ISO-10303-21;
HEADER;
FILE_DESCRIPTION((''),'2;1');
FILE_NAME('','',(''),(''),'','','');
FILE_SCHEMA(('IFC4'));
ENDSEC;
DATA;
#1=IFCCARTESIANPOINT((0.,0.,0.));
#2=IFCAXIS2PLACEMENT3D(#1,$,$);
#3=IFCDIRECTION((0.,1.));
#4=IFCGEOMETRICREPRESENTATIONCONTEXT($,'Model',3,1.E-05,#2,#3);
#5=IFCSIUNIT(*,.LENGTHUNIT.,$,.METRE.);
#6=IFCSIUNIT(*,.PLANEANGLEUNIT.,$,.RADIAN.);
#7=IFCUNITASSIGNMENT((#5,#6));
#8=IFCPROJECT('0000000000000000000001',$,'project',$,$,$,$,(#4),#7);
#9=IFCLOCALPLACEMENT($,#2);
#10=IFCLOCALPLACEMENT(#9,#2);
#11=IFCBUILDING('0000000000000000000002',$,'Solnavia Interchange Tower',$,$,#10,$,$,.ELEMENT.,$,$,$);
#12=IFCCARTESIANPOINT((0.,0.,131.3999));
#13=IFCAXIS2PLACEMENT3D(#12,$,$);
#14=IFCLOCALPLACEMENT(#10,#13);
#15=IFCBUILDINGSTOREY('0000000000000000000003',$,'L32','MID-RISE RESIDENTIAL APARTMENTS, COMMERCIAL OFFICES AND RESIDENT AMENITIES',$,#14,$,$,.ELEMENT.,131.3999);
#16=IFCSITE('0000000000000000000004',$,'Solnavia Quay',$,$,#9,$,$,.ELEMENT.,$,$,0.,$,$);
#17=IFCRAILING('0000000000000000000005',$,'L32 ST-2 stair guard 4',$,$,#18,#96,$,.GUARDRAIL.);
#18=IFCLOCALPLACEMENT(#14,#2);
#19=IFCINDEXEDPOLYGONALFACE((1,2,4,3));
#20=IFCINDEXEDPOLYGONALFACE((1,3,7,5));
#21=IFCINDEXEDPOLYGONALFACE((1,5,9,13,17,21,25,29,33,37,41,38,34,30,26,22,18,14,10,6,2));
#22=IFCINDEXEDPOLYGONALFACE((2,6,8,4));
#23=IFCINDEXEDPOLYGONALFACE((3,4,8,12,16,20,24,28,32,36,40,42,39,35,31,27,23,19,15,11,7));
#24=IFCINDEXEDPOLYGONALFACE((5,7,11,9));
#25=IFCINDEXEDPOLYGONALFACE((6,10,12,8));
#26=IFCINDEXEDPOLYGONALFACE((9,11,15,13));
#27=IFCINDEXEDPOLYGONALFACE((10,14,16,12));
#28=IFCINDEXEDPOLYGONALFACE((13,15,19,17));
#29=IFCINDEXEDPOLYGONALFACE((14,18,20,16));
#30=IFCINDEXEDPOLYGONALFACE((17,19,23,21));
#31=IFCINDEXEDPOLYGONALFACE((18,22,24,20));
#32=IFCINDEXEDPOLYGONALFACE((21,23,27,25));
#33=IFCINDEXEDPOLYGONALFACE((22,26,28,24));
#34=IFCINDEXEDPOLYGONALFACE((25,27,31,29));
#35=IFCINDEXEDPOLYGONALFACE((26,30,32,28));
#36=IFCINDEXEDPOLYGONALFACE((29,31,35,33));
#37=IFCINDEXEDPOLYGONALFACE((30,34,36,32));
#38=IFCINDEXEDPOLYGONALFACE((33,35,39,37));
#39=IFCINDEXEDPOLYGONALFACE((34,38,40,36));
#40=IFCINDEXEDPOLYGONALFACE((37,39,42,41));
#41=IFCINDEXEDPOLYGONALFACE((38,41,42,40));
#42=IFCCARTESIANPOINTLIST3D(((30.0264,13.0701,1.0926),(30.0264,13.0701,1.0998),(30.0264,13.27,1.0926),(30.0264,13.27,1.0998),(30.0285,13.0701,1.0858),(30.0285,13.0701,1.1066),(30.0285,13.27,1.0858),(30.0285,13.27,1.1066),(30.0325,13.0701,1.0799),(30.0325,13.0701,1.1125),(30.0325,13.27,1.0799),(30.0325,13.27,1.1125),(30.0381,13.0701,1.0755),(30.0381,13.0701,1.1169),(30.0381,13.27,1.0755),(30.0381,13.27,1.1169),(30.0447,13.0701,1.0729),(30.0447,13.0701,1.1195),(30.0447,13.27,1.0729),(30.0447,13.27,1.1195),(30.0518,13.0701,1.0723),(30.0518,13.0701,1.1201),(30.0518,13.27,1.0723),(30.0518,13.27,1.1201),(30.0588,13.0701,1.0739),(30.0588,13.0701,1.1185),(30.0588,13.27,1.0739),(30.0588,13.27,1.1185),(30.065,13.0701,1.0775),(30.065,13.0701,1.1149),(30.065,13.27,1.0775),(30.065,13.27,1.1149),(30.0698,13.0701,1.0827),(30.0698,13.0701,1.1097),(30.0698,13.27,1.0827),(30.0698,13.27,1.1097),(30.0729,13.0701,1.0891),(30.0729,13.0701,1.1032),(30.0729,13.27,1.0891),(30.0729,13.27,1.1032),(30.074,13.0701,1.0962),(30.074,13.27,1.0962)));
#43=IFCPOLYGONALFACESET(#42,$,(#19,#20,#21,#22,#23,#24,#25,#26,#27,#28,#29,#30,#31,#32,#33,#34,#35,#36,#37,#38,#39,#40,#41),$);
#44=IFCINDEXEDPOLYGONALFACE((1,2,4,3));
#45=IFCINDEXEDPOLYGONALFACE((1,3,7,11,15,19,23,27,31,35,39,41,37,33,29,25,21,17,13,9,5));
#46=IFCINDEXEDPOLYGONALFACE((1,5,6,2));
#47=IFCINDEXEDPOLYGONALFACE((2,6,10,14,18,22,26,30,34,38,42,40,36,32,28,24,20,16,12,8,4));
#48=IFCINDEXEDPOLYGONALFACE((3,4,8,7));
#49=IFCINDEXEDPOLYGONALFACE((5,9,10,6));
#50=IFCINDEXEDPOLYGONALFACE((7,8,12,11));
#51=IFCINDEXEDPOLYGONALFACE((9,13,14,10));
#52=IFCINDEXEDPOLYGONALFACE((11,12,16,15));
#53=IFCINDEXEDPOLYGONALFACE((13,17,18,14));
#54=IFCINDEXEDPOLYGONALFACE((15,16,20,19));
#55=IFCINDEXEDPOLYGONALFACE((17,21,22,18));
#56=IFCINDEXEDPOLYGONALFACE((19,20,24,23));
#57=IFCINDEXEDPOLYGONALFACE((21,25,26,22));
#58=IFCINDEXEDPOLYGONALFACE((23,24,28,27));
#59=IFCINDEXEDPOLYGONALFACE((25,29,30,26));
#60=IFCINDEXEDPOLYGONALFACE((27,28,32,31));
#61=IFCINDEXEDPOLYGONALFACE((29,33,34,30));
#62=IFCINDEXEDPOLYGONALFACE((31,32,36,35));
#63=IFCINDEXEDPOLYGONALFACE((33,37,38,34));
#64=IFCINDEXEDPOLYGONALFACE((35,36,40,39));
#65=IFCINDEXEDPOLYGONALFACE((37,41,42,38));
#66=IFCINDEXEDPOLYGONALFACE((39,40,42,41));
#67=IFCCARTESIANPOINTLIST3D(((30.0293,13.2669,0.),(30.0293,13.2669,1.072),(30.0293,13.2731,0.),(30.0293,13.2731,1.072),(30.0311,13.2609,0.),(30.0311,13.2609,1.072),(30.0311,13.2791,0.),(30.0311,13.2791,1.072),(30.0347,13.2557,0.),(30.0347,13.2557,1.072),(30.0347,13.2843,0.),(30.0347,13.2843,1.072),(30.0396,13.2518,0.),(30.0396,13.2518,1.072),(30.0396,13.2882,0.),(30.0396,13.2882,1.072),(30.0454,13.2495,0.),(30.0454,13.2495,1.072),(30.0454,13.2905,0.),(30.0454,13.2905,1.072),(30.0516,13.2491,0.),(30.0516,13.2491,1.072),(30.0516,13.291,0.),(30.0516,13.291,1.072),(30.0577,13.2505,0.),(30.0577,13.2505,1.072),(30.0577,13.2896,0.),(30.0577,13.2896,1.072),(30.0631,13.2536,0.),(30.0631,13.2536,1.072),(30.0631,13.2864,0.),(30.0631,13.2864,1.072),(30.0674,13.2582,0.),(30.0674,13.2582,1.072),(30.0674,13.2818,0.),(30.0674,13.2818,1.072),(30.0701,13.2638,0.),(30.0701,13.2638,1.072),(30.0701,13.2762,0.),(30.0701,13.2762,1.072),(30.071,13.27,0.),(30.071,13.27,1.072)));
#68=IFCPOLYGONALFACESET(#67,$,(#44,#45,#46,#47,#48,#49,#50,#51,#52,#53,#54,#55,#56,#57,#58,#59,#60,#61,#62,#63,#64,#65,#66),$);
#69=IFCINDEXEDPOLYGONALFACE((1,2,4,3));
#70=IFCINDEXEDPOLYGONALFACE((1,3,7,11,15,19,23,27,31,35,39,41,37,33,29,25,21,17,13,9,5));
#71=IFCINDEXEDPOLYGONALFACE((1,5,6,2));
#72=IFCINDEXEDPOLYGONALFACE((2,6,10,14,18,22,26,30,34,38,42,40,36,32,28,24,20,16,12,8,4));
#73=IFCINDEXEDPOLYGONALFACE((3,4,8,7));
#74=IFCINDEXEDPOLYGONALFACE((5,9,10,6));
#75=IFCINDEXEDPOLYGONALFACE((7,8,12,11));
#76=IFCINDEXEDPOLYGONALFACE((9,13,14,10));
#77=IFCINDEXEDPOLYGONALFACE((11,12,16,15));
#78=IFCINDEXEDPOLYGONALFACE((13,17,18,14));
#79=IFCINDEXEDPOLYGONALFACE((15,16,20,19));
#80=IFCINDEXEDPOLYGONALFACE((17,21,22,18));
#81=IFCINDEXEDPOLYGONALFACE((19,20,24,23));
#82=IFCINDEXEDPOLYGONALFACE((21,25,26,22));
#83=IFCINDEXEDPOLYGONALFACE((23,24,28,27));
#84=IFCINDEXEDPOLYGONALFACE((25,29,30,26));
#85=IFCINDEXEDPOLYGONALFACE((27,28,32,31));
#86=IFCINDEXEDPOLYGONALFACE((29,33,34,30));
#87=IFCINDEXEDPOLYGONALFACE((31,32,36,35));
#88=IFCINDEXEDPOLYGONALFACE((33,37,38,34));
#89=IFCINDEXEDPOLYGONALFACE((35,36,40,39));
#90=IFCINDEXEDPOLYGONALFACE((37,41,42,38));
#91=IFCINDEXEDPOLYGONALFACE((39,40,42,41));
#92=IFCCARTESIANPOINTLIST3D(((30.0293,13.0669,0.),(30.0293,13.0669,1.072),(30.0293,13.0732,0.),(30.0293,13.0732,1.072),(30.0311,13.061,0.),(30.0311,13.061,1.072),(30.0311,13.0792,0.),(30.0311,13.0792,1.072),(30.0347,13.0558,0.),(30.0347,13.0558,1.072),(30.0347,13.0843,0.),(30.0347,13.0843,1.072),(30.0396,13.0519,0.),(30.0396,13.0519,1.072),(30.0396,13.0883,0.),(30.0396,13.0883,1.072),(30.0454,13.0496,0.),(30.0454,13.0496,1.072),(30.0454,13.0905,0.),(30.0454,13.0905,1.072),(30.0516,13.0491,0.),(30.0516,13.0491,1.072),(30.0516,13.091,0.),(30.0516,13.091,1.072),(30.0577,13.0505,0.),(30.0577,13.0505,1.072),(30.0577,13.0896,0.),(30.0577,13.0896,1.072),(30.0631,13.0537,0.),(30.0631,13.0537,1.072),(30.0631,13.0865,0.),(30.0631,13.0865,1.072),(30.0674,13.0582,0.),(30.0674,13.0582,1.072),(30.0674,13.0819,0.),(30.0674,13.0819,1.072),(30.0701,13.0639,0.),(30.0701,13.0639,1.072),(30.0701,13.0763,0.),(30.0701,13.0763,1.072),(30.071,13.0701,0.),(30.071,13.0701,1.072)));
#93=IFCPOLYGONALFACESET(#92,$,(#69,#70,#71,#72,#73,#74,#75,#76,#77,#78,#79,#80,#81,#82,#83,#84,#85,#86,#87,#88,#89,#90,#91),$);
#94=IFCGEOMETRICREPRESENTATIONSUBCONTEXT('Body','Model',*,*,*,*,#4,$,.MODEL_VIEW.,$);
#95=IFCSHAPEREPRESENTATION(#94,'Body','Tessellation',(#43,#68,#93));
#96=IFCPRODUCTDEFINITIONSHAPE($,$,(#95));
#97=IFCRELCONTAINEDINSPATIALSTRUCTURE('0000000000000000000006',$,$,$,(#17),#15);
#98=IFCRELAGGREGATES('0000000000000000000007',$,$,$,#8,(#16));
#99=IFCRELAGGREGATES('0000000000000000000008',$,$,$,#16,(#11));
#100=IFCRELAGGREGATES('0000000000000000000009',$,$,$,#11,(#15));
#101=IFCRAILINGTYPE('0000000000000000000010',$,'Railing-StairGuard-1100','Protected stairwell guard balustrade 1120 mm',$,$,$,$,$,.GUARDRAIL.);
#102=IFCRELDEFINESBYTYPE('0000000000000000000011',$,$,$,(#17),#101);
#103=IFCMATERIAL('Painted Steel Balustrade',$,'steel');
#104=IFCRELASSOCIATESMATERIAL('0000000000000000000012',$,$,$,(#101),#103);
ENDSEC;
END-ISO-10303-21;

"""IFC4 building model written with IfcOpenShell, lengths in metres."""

from ifc_helpers import new_model, si_unit, direction, frame, origin, origin_2d, place, context, subcontext, project, spatial, circle, extrude, material, type_object, element, save


model = new_model("IFC4")

# Units and contexts
model_context = context("Model", 3, precision=1e-05, world=origin(), true_north=direction((0.0, 1.0)))
body_context = subcontext(model_context, "Body", "Model", "MODEL_VIEW")
ifc_project = project(units=[si_unit("LENGTHUNIT", "METRE"), si_unit("PLANEANGLEUNIT", "RADIAN")], contexts=[model_context])

# Site, building, storey
site_placement = place(None, origin())
site = spatial("IfcSite", under=ifc_project, at=site_placement, Name="Solnavia Quay", CompositionType="ELEMENT", RefElevation=0.0)
building_placement = place(site_placement, origin())
building = spatial("IfcBuilding", under=site, at=building_placement, Name="Solnavia Interchange Tower", CompositionType="ELEMENT")
storey_placement = place(building_placement, frame((0.0, 0.0, 131.3999)))
storey = spatial("IfcBuildingStorey", under=building, at=storey_placement, Name="L32", Description="MID-RISE RESIDENTIAL APARTMENTS, COMMERCIAL OFFICES AND RESIDENT AMENITIES", CompositionType="ELEMENT", Elevation=131.3999)

# Railing
ifc_material_1 = material(Name="Painted Steel Balustrade", Category="steel")
railing_type_1 = type_object("IfcRailingType", Name="Railing-StairGuard-1100", Description="Protected stairwell guard balustrade 1120 mm", PredefinedType="GUARDRAIL", material=ifc_material_1)
railing_1_placement = place(storey_placement, frame((30.05, 13.27, 0.0)))
element("IfcRailing", 1, at=railing_1_placement, inside=storey, type_object=railing_type_1, Name="L32 ST-2 stair guard 4", PredefinedType="GUARDRAIL", context=body_context, shape_type="SweptSolid", body=[
    extrude(circle(Radius=0.0239, at=origin_2d()), frame((0.0, 0.0, 1.0962), z_axis=(0.0, -1.0, 0.0), x_axis=(1.0, 0.0, 0.0)), (0.0, 0.0, 1.0), 0.2),
    extrude(circle(Radius=0.021, at=origin_2d()), origin(), (0.0, 0.0, 1.0), 1.072),
    extrude(circle(Radius=0.021, at=origin_2d()), frame((0.0, -0.2, 0.0)), (0.0, 0.0, 1.0), 1.072),
])

save(model, "model.ifc")
